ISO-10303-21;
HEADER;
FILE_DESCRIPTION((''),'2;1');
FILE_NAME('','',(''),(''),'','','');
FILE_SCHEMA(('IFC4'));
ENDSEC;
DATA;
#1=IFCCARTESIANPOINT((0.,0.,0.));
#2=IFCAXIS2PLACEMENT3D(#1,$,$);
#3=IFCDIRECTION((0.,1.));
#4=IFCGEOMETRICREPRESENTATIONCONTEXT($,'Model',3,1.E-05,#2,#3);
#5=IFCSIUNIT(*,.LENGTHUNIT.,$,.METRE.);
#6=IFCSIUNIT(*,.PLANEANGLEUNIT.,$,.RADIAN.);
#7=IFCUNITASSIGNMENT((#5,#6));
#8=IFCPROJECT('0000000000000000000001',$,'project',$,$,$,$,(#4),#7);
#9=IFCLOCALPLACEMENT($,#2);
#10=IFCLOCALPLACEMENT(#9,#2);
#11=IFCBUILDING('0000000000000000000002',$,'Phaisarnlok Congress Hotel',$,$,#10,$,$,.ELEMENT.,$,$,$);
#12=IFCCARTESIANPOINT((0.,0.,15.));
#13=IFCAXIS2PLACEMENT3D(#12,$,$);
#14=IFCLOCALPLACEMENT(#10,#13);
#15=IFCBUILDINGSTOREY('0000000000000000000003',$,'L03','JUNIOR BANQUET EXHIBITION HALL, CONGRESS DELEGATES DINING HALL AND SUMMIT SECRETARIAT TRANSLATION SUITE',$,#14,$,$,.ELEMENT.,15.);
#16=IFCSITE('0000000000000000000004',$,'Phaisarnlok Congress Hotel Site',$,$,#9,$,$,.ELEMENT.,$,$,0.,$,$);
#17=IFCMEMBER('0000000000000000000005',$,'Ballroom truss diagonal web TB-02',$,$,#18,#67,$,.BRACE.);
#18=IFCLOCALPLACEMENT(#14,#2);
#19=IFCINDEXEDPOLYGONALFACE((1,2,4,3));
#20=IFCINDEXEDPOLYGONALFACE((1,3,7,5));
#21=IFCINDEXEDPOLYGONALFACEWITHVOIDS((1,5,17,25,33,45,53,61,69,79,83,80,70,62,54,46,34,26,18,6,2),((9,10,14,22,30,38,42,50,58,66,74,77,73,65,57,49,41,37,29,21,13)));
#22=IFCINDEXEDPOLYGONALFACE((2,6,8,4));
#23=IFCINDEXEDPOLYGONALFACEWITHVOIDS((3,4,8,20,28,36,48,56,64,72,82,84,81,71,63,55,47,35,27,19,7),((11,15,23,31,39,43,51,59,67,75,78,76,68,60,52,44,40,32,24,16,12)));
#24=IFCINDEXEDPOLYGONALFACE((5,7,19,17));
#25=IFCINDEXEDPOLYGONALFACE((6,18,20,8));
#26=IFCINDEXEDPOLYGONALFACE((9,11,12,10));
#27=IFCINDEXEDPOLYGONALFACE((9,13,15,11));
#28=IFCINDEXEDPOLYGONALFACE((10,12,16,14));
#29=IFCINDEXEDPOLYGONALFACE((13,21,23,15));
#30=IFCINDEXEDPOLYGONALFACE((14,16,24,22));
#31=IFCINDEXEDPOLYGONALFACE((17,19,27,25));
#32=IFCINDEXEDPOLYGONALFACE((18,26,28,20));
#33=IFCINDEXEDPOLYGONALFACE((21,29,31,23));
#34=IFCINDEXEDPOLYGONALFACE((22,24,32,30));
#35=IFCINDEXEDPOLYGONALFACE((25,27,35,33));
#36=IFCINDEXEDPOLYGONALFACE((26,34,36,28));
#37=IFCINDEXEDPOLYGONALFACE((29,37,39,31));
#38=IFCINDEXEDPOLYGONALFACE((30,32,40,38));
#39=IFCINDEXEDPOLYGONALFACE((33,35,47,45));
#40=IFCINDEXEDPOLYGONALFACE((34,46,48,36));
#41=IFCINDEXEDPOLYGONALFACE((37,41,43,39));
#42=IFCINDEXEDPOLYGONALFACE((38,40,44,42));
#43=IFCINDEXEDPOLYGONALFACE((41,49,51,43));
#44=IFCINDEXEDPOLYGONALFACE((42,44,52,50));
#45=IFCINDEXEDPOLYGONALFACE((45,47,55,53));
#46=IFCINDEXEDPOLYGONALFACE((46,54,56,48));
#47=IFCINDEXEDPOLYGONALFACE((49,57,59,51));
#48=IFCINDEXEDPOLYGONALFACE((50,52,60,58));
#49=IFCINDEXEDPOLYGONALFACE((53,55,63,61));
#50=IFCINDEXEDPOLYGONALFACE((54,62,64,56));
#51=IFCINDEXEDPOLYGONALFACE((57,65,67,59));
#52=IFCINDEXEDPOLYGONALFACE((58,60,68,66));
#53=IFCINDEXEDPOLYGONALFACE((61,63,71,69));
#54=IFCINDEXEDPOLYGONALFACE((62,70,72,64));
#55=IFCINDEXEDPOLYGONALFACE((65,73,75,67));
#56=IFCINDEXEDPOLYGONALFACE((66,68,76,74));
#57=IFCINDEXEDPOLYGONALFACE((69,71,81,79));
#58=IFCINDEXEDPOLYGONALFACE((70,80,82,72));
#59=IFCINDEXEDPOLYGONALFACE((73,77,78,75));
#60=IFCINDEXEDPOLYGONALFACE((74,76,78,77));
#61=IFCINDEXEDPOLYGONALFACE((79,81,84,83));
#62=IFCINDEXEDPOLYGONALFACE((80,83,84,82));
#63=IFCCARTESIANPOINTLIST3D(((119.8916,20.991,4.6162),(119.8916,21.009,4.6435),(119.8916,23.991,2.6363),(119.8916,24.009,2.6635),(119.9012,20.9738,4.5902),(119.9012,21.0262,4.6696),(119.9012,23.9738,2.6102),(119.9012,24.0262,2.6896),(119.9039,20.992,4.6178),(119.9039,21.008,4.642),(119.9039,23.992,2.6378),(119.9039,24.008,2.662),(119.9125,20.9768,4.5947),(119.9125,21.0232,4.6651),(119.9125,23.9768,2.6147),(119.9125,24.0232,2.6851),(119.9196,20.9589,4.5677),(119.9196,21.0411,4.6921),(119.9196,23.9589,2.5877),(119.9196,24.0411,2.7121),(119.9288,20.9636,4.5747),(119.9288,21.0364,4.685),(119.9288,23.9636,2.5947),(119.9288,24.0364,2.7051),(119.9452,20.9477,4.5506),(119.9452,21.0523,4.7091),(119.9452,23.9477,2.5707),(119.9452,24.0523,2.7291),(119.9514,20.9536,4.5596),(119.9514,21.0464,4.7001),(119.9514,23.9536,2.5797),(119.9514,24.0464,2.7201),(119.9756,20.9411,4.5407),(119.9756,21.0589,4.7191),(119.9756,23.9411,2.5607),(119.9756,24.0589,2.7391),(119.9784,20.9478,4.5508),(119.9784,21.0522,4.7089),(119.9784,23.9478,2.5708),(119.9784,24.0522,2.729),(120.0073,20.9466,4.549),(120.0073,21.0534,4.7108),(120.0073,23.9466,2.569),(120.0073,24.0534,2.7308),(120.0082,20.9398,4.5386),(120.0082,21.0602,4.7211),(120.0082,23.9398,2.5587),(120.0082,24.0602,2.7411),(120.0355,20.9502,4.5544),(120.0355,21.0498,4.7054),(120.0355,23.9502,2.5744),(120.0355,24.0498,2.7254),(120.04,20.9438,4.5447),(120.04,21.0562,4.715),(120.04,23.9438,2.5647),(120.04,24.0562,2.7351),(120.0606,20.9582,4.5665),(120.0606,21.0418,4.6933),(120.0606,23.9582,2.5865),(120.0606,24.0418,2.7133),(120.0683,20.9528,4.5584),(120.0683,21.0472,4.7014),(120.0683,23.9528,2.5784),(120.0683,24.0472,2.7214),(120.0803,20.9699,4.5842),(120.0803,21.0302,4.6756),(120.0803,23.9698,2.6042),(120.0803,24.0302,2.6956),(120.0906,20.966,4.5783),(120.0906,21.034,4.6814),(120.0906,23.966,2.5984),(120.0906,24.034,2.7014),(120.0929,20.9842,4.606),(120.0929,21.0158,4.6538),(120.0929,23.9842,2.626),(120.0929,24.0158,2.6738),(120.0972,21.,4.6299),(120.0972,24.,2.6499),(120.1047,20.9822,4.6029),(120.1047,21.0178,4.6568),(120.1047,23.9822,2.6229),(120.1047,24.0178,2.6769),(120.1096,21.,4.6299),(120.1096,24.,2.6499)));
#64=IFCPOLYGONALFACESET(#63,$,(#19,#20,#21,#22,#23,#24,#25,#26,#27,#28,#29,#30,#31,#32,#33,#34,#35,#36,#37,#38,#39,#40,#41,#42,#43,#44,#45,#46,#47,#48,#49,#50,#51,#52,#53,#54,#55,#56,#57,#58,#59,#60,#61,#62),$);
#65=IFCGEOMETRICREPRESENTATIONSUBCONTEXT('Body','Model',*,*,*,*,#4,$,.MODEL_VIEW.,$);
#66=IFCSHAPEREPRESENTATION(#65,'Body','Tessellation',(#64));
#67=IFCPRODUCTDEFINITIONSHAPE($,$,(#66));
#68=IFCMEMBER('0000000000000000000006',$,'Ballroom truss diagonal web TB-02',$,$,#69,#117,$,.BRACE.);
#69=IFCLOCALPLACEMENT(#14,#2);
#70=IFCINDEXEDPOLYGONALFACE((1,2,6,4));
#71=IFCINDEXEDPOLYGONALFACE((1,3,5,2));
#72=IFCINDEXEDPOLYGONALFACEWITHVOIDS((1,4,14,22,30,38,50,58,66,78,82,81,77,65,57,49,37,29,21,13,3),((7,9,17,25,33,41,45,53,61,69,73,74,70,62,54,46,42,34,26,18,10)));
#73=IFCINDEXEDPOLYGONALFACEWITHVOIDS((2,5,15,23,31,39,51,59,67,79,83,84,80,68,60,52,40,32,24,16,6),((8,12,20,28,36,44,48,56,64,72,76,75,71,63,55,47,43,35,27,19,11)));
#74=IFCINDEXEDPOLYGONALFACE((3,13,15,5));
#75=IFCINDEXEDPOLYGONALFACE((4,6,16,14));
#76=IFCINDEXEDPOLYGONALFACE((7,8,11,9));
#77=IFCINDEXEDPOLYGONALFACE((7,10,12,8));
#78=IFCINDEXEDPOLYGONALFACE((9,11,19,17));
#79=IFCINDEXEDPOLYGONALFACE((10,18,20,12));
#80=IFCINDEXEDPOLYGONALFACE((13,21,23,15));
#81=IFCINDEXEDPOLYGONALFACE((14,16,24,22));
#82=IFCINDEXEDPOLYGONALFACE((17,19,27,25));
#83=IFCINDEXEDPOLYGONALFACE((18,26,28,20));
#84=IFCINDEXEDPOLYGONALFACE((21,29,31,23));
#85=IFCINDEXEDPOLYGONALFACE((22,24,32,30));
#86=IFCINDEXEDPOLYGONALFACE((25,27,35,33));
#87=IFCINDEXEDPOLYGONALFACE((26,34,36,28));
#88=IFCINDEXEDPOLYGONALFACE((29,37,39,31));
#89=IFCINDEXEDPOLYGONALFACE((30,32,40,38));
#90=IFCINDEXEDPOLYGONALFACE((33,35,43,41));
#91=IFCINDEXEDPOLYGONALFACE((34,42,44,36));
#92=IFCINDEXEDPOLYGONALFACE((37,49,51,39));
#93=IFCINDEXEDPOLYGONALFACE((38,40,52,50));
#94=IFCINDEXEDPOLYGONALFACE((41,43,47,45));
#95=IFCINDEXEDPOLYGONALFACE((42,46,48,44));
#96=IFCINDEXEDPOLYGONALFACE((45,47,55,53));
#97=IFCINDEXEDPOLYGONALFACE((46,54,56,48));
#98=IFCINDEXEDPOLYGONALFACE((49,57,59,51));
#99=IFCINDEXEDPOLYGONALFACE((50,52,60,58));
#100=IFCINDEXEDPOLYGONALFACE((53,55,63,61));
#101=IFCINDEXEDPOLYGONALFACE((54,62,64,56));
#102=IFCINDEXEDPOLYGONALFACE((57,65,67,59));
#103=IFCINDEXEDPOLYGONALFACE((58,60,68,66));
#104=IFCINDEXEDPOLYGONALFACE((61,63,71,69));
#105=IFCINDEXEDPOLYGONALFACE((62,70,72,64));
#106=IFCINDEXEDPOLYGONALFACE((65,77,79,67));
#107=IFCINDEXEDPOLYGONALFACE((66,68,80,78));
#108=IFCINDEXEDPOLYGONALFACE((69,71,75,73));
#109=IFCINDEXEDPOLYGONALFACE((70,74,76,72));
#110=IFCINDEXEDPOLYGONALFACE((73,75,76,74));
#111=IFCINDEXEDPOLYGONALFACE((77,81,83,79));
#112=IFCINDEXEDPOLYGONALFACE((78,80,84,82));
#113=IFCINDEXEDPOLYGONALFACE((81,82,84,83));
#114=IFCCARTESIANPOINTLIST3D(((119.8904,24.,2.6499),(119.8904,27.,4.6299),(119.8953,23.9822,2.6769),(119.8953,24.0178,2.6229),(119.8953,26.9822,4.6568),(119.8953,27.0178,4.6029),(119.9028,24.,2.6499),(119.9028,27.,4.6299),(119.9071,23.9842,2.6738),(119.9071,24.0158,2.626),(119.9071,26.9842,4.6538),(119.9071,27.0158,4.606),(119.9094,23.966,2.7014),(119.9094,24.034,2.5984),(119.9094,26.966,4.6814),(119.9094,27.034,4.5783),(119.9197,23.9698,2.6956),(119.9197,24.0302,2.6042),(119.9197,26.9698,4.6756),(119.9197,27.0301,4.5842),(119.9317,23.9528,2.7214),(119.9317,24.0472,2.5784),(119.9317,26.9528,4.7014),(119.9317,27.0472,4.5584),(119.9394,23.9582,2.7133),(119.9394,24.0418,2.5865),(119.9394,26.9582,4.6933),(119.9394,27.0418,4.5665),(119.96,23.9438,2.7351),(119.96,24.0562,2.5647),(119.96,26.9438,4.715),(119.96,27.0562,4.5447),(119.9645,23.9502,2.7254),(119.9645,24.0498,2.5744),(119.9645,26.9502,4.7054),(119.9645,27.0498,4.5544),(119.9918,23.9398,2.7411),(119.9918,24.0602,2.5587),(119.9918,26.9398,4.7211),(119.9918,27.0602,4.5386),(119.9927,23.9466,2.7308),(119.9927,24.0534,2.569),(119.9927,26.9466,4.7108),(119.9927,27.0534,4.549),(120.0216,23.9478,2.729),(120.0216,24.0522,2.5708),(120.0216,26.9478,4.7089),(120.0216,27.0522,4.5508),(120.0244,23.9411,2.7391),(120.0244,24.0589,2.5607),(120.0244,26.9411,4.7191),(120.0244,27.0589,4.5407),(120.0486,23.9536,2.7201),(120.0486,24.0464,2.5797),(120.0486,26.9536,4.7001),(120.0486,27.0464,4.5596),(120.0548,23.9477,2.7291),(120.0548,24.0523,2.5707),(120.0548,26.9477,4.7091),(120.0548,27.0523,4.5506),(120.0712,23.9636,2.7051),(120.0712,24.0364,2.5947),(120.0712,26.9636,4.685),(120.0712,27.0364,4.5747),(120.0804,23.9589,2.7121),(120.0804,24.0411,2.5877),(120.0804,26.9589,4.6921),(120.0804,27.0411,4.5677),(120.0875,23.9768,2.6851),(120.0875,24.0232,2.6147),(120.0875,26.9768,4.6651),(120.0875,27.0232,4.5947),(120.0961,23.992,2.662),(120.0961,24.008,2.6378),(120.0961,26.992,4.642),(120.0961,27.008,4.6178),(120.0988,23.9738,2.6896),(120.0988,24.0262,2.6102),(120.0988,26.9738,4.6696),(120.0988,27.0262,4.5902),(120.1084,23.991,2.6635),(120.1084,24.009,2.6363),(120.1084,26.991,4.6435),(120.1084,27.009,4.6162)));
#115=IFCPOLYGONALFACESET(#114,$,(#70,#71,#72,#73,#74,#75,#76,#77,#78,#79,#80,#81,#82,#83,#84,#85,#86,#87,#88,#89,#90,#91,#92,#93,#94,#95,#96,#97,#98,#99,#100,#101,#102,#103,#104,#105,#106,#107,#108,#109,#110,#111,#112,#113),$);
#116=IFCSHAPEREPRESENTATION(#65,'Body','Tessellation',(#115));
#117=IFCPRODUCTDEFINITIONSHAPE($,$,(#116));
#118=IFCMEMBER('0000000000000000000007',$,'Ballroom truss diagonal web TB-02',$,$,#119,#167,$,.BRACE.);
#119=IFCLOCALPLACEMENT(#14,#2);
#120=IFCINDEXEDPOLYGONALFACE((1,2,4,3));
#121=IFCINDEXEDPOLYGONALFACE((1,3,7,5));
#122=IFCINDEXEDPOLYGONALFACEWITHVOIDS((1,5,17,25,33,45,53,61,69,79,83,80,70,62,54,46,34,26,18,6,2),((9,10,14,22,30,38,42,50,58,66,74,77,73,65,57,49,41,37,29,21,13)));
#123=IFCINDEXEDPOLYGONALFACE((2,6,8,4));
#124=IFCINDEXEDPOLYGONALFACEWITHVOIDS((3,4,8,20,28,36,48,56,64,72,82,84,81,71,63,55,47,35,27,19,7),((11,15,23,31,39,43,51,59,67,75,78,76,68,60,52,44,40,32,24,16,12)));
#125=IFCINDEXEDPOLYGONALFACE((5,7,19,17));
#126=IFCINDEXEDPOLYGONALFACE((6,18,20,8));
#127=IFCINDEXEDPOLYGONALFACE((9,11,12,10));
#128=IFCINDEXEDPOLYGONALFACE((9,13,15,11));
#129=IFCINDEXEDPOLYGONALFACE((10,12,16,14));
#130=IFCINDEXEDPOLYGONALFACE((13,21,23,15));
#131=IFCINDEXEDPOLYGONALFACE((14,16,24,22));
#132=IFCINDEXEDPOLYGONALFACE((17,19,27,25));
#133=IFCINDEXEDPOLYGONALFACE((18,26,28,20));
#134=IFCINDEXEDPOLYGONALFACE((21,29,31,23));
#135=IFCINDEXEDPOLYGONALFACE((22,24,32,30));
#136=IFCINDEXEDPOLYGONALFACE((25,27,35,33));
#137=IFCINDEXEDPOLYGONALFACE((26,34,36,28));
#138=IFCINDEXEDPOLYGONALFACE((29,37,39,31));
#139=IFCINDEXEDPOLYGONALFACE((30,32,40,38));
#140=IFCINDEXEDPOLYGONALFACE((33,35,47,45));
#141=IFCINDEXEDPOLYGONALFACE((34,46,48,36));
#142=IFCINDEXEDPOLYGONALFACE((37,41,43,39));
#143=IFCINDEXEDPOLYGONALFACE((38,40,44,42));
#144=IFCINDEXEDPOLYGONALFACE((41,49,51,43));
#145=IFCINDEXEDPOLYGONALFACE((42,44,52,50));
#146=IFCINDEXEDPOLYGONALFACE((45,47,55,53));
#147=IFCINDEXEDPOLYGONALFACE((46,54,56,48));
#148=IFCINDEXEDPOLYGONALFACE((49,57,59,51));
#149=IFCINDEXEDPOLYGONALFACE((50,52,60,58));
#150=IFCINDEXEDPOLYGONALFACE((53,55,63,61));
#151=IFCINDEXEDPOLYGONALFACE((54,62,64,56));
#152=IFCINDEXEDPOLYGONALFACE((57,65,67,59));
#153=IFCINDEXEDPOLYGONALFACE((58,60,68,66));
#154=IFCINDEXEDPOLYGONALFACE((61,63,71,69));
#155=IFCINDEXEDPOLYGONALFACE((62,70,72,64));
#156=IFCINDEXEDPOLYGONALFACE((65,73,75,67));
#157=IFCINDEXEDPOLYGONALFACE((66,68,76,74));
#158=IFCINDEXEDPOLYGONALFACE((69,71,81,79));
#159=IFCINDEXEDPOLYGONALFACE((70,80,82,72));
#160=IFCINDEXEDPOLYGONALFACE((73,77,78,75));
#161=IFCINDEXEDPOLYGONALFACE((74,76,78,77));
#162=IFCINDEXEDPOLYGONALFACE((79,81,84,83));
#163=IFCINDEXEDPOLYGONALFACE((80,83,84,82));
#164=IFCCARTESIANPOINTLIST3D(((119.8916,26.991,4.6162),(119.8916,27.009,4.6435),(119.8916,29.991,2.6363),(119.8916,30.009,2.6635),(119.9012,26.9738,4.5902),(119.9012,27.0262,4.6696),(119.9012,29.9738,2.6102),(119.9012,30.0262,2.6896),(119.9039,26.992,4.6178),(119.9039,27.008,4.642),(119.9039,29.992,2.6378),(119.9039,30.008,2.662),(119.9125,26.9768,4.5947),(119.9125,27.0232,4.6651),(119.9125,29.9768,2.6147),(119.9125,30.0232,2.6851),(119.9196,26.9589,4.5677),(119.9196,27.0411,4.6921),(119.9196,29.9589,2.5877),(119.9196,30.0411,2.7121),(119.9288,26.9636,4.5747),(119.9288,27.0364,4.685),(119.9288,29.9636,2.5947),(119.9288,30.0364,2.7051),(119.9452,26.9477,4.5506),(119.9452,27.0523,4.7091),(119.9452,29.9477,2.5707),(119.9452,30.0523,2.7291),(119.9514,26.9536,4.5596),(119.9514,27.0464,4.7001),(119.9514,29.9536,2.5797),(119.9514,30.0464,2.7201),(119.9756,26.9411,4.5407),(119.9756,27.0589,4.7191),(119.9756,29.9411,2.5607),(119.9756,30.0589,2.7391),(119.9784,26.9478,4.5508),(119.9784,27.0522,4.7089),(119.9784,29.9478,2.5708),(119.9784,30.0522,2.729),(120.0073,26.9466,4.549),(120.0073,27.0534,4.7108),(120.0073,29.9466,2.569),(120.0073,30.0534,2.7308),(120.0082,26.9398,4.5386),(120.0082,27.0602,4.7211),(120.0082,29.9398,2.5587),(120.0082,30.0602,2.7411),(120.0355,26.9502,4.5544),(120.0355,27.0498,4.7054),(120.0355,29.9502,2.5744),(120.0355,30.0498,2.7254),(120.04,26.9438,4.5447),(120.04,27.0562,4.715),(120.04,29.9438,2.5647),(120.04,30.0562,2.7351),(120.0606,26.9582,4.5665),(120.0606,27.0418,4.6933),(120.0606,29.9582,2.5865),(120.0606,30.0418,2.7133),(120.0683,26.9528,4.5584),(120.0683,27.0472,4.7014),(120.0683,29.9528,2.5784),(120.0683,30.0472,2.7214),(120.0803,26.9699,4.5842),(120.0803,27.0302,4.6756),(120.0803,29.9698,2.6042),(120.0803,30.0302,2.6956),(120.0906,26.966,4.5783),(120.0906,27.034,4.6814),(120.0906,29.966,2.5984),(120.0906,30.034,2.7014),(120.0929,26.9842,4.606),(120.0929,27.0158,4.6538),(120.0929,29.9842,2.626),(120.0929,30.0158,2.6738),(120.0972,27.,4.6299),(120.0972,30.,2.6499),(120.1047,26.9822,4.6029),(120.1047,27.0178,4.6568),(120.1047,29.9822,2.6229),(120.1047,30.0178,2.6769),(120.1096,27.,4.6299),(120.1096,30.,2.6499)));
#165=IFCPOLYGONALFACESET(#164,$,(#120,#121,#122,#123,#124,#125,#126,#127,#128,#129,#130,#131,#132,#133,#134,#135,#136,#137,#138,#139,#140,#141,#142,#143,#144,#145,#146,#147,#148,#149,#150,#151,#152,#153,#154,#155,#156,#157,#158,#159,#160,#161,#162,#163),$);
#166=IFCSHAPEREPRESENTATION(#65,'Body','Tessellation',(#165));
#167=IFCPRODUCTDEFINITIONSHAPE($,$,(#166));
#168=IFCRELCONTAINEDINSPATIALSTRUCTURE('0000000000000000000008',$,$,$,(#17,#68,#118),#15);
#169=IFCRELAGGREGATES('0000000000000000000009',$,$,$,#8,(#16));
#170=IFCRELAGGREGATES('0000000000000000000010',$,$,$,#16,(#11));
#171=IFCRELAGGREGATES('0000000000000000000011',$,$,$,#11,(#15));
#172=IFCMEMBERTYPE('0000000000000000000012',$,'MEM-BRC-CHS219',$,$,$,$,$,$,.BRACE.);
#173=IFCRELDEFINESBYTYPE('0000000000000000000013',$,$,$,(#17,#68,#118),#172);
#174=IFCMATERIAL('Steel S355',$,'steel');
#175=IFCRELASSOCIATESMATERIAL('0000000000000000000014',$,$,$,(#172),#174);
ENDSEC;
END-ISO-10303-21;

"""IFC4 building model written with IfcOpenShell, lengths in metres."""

from ifc_helpers import new_model, si_unit, direction, frame, origin, origin_2d, place, context, subcontext, project, spatial, hollow_circle, extrude, material, material_profile, profile_set, type_object, element, save


model = new_model("IFC4")

# Units and contexts
model_context = context("Model", 3, precision=1e-05, world=origin(), true_north=direction((0.0, 1.0)))
body_context = subcontext(model_context, "Body", "Model", "MODEL_VIEW")
ifc_project = project(units=[si_unit("LENGTHUNIT", "METRE"), si_unit("PLANEANGLEUNIT", "RADIAN")], contexts=[model_context])

# Site, building, storey
site_placement = place(None, origin())
site = spatial("IfcSite", under=ifc_project, at=site_placement, Name="Phaisarnlok Congress Hotel Site", CompositionType="ELEMENT", RefElevation=0.0)
building_placement = place(site_placement, origin())
building = spatial("IfcBuilding", under=site, at=building_placement, Name="Phaisarnlok Congress Hotel", CompositionType="ELEMENT")
storey_placement = place(building_placement, frame((0.0, 0.0, 15.0)))
storey = spatial("IfcBuildingStorey", under=building, at=storey_placement, Name="L03", Description="JUNIOR BANQUET EXHIBITION HALL, CONGRESS DELEGATES DINING HALL AND SUMMIT SECRETARIAT TRANSLATION SUITE", CompositionType="ELEMENT", Elevation=15.0)

# Members
ifc_material = material(Name="Steel S355", Category="steel")
ifc_material_profile_1 = material_profile(ifc_material, hollow_circle(Radius=0.1096, WallThickness=0.0125, at=origin_2d()), Name="CHS 219.1x12.5")
ifc_profile_set_1 = profile_set([ifc_material_profile_1], Name="Steel S355")
member_type_1 = type_object("IfcMemberType", Name="MEM-BRC-CHS219", PredefinedType="BRACE", material=ifc_profile_set_1)
for number, where, z_axis, x_axis, name in (
    (1, (120.0, 24.0, 2.6499), (0.0, -0.834612, 0.550838), (1.0, 0.0, 0.0), "Ballroom truss diagonal web TB-02"),
    (2, (120.0, 24.0, 2.6499), (0.0, 0.834612, 0.550838), (-1.0, 0.0, 0.0), "Ballroom truss diagonal web TB-02"),
    (3, (120.0, 30.0, 2.6499), (0.0, -0.834612, 0.550838), (1.0, 0.0, 0.0), "Ballroom truss diagonal web TB-02"),
):
    element("IfcMember", number, at=place(storey_placement, frame(where, z_axis=z_axis, x_axis=x_axis)), inside=storey, type_object=member_type_1, Name=name, PredefinedType="BRACE", context=body_context, shape_type="SweptSolid", body=[
        extrude(hollow_circle(Radius=0.1096, WallThickness=0.0125, at=origin_2d()), origin(), (0.0, 0.0, 1.0), 3.5945),
    ])

save(model, "model.ifc")
